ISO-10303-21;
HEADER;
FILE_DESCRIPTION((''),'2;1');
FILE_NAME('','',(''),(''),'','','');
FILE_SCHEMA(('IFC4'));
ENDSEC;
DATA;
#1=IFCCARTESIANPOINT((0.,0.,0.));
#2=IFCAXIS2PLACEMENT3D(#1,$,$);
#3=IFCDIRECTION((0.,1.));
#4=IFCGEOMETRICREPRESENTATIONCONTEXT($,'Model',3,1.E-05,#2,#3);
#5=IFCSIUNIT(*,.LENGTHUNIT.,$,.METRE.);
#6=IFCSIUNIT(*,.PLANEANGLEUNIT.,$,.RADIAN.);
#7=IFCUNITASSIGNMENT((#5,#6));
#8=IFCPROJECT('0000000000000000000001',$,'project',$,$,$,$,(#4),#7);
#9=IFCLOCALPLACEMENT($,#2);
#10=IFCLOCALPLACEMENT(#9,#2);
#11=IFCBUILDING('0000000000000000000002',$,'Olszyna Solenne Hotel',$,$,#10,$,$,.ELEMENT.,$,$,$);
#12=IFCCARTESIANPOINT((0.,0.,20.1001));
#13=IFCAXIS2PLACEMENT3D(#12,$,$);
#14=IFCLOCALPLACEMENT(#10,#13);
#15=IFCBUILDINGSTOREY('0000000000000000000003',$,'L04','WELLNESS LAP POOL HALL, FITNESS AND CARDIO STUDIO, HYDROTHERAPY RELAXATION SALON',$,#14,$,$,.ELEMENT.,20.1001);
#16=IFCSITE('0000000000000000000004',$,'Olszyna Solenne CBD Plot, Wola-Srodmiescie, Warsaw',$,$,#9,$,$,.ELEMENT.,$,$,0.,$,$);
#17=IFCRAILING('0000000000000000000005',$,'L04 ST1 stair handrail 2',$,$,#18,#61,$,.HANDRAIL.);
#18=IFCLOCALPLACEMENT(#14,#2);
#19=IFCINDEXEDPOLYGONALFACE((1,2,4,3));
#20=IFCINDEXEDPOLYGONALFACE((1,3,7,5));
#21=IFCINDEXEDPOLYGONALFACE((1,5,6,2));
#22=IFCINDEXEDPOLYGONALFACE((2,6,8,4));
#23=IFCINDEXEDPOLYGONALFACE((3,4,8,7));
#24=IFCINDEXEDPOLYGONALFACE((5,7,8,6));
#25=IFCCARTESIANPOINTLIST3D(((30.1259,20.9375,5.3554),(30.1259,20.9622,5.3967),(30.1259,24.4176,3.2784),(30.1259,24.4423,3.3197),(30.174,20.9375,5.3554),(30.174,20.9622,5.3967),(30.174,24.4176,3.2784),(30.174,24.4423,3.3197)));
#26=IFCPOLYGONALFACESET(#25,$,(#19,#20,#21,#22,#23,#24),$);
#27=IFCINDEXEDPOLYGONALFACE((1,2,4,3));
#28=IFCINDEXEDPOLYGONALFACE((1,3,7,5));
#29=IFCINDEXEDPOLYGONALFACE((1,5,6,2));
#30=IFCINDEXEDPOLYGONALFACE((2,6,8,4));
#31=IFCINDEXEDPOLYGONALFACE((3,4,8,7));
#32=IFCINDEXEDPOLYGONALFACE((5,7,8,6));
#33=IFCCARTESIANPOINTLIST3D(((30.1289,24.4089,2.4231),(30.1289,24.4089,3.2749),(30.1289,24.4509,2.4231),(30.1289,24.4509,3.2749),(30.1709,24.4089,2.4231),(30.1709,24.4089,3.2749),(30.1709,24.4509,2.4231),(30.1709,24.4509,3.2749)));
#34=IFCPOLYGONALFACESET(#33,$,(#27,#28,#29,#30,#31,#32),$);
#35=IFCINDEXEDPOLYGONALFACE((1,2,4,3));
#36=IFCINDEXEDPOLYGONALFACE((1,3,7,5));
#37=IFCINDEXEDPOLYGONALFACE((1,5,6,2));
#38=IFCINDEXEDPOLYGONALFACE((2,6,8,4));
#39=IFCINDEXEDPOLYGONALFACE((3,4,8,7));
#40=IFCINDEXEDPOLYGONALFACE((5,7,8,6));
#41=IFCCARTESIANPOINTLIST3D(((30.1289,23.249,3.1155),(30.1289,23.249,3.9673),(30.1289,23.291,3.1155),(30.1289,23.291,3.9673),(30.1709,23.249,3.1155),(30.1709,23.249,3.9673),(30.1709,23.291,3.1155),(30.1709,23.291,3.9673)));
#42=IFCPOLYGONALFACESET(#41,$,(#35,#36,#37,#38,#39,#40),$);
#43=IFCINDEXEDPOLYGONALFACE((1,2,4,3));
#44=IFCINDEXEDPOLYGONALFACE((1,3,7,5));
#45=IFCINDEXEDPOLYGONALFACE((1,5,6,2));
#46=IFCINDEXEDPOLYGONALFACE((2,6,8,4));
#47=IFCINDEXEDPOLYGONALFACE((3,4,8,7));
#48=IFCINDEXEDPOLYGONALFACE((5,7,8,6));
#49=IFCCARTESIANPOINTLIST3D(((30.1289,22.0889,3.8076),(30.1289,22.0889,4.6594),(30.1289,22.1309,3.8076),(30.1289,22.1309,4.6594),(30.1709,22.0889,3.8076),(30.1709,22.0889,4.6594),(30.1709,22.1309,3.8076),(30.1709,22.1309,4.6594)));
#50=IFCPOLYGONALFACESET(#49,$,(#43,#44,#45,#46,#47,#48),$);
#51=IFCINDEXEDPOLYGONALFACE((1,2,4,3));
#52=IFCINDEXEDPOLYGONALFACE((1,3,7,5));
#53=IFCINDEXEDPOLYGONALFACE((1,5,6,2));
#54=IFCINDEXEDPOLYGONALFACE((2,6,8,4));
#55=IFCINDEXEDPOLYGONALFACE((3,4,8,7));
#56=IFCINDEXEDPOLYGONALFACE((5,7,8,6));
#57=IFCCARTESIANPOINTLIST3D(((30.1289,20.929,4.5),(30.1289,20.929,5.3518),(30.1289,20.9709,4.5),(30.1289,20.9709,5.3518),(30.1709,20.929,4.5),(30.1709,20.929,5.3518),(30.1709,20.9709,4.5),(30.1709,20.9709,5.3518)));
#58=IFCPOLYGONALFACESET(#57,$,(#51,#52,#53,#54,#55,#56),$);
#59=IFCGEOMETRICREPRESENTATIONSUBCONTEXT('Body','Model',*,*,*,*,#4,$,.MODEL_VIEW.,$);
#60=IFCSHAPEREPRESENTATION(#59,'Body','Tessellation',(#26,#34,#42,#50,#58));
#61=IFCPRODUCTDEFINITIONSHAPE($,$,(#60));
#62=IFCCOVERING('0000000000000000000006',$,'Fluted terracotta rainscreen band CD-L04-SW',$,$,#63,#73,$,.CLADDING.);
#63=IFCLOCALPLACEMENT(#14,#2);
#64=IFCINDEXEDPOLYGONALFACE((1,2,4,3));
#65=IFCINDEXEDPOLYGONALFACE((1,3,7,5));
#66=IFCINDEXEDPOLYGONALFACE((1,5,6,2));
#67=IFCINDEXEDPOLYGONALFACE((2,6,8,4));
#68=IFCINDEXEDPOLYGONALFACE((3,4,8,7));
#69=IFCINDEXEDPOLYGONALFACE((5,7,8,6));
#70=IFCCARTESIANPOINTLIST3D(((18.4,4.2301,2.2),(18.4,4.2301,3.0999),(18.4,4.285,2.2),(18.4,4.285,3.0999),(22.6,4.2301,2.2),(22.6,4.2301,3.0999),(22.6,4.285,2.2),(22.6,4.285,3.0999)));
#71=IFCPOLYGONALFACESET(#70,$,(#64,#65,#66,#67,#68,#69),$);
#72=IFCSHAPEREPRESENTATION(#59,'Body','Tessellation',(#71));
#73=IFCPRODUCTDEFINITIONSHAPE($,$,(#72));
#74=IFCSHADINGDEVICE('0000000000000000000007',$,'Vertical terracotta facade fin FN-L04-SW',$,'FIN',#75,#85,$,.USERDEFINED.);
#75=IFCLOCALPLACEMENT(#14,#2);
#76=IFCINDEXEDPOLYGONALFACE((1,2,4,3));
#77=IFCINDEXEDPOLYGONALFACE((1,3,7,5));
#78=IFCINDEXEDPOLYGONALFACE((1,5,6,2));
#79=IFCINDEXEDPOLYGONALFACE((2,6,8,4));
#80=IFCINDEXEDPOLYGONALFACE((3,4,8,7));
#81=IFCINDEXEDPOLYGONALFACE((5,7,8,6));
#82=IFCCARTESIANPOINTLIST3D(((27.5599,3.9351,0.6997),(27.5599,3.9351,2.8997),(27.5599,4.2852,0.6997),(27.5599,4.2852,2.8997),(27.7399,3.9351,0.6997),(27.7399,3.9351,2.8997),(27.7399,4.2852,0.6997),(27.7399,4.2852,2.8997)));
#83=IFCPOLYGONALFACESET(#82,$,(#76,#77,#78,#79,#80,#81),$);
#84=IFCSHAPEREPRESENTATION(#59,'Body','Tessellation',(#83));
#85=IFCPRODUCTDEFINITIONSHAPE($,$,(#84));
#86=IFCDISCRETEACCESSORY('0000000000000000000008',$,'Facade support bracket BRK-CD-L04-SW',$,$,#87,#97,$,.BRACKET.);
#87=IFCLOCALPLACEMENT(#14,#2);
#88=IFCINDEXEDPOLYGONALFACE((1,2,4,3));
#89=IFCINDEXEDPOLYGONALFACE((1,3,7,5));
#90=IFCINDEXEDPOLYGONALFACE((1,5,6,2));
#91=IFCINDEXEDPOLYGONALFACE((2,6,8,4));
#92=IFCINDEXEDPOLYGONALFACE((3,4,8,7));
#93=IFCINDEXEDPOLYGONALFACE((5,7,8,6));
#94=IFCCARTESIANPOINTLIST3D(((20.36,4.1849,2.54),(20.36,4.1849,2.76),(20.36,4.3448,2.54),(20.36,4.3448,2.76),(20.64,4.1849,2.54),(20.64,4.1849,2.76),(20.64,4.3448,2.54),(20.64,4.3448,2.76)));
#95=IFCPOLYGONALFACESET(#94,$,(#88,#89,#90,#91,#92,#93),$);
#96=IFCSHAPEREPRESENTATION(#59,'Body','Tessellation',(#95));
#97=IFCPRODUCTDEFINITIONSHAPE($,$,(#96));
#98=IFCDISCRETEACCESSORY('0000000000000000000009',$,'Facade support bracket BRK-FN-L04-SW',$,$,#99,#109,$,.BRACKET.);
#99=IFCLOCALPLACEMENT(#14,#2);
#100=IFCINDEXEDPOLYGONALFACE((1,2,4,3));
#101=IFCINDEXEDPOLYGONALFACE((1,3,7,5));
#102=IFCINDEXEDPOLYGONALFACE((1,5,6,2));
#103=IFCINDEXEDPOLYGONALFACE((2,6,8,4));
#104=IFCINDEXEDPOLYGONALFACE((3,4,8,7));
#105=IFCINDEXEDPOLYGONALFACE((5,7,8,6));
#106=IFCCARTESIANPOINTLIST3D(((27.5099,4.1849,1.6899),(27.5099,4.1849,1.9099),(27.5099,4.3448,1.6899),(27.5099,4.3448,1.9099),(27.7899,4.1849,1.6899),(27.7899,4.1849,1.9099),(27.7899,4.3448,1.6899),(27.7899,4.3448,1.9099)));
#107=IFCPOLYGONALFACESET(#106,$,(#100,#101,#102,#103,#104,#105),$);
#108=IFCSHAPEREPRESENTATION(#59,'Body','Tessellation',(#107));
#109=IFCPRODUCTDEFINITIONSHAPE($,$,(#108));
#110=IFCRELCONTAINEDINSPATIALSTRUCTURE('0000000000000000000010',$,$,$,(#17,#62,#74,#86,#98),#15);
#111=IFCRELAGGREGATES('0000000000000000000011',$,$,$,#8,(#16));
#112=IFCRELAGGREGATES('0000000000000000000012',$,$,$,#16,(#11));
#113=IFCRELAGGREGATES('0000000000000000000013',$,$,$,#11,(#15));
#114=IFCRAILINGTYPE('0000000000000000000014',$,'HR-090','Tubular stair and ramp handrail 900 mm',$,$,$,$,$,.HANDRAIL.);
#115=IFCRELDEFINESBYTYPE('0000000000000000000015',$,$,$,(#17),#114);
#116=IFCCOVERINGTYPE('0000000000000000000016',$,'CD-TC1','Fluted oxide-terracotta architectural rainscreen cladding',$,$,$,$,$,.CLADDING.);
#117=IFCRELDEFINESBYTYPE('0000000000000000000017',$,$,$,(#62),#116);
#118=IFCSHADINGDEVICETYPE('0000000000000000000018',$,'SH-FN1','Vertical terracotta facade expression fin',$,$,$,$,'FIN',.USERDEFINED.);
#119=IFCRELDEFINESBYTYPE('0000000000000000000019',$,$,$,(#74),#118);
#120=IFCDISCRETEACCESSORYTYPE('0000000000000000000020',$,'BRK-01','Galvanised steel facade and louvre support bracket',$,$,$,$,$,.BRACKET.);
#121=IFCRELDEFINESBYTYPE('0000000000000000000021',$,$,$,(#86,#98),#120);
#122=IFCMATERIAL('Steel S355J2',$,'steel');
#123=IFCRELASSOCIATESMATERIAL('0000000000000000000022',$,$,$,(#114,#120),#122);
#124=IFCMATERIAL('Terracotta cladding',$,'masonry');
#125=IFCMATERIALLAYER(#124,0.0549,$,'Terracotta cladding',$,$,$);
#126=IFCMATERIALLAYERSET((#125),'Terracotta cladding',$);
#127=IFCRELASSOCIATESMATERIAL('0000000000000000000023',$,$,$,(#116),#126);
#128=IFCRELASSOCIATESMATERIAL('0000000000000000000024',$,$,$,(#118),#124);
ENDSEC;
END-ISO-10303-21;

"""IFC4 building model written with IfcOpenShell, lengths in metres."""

from ifc_helpers import new_model, si_unit, direction, frame, origin, origin_2d, place, context, subcontext, project, spatial, rectangle, extrude, source, transform, mapped, material, layer, layer_set, type_object, element, save


model = new_model("IFC4")

# Units and contexts
model_context = context("Model", 3, precision=1e-05, world=origin(), true_north=direction((0.0, 1.0)))
body_context = subcontext(model_context, "Body", "Model", "MODEL_VIEW")
ifc_project = project(units=[si_unit("LENGTHUNIT", "METRE"), si_unit("PLANEANGLEUNIT", "RADIAN")], contexts=[model_context])

# Site, building, storey
site_placement = place(None, origin())
site = spatial("IfcSite", under=ifc_project, at=site_placement, Name="Olszyna Solenne CBD Plot, Wola-Srodmiescie, Warsaw", CompositionType="ELEMENT", RefElevation=0.0)
building_placement = place(site_placement, origin())
building = spatial("IfcBuilding", under=site, at=building_placement, Name="Olszyna Solenne Hotel", CompositionType="ELEMENT")
storey_placement = place(building_placement, frame((0.0, 0.0, 20.1001)))
storey = spatial("IfcBuildingStorey", under=building, at=storey_placement, Name="L04", Description="WELLNESS LAP POOL HALL, FITNESS AND CARDIO STUDIO, HYDROTHERAPY RELAXATION SALON", CompositionType="ELEMENT", Elevation=20.1001)

# Shared definitions
ifc_material_1 = material(Name="Steel S355J2", Category="steel")

# Railing
railing_type_1 = type_object("IfcRailingType", Name="HR-090", Description="Tubular stair and ramp handrail 900 mm", PredefinedType="HANDRAIL", material=ifc_material_1)
railing_1_placement = place(storey_placement, frame((30.1499, 24.4299, 2.4231)))
element("IfcRailing", 1, at=railing_1_placement, inside=storey, type_object=railing_type_1, Name="L04 ST1 stair handrail 2", PredefinedType="HANDRAIL", context=body_context, shape_type="SweptSolid", body=[
    extrude(rectangle(XDim=0.0481, YDim=0.0481, at=origin_2d()), frame((0.0, 0.0, 0.876), z_axis=(0.0, -0.858697, 0.512483), x_axis=(1.0, 0.0, 0.0)), (0.0, 0.0, 1.0), 4.0527),
    extrude(rectangle(XDim=0.042, YDim=0.042, at=origin_2d()), origin(), (0.0, 0.0, 1.0), 0.8518),
    extrude(rectangle(XDim=0.042, YDim=0.042, at=origin_2d()), frame((0.0, -1.1599, 0.6924)), (0.0, 0.0, 1.0), 0.8518),
    extrude(rectangle(XDim=0.042, YDim=0.042, at=origin_2d()), frame((0.0, -2.3201, 1.3845)), (0.0, 0.0, 1.0), 0.8518),
    extrude(rectangle(XDim=0.042, YDim=0.042, at=origin_2d()), frame((0.0, -3.48, 2.0769)), (0.0, 0.0, 1.0), 0.8518),
])

# Covering
ifc_material_2 = material(Name="Terracotta cladding", Category="masonry")
ifc_layer_1 = layer(ifc_material_2, 0.0549, Name="Terracotta cladding")
ifc_layer_set_1 = layer_set([ifc_layer_1], Name="Terracotta cladding")
covering_type = type_object("IfcCoveringType", Name="CD-TC1", Description="Fluted oxide-terracotta architectural rainscreen cladding", PredefinedType="CLADDING", material=ifc_layer_set_1)
shared_shape_1 = source(origin(), body_context, "Body", "SweptSolid", [
    extrude(rectangle(XDim=4.2, YDim=0.0549, at=origin_2d()), origin(), (0.0, 0.0, 1.0), 0.8999),
])
covering_placement = place(storey_placement, frame((20.5, 4.2576, 2.2), z_axis=(0.0, 0.0, 1.0), x_axis=(-1.0, 0.0, 0.0)))
element("IfcCovering", 2, at=covering_placement, inside=storey, type_object=covering_type, Name="Fluted terracotta rainscreen band CD-L04-SW", PredefinedType="CLADDING", context=body_context, shape_type="MappedRepresentation", body=[
    mapped(shared_shape_1, transform((0.0, 0.0, 0.0), x_axis=(1.0, 0.0, 0.0), y_axis=(0.0, 1.0, 0.0), z_axis=(0.0, 0.0, 1.0), scale=1.0)),
])

# Shading device
shading_device_type = type_object("IfcShadingDeviceType", Name="SH-FN1", Description="Vertical terracotta facade expression fin", ElementType="FIN", PredefinedType="USERDEFINED", material=ifc_material_2)
shared_shape_2 = source(origin(), body_context, "Body", "SweptSolid", [
    extrude(rectangle(XDim=0.1799, YDim=0.3501, at=origin_2d()), origin(), (0.0, 0.0, 1.0), 2.2),
])
shading_device_placement = place(storey_placement, frame((27.6499, 4.1101, 0.6997), z_axis=(0.0, 0.0, 1.0), x_axis=(-1.0, 0.0, 0.0)))
element("IfcShadingDevice", 3, at=shading_device_placement, inside=storey, type_object=shading_device_type, Name="Vertical terracotta facade fin FN-L04-SW", ObjectType="FIN", PredefinedType="USERDEFINED", context=body_context, shape_type="MappedRepresentation", body=[
    mapped(shared_shape_2, transform((0.0, 0.0, 0.0), x_axis=(1.0, 0.0, 0.0), y_axis=(0.0, 1.0, 0.0), z_axis=(0.0, 0.0, 1.0), scale=1.0)),
])

# Discrete accessories
discrete_accessory_type = type_object("IfcDiscreteAccessoryType", Name="BRK-01", Description="Galvanised steel facade and louvre support bracket", PredefinedType="BRACKET", material=ifc_material_1)
shared_shape_3 = source(origin(), body_context, "Body", "SweptSolid", [
    extrude(rectangle(XDim=0.28, YDim=0.1599, at=origin_2d()), origin(), (0.0, 0.0, 1.0), 0.22),
])
for number, where, z_axis, x_axis, name in (
    (4, (20.5, 4.2649, 2.54), (0.0, 0.0, 1.0), (-1.0, 0.0, 0.0), "Facade support bracket BRK-CD-L04-SW"),
    (5, (27.6499, 4.2649, 1.6899), (0.0, 0.0, 1.0), (-1.0, 0.0, 0.0), "Facade support bracket BRK-FN-L04-SW"),
):
    element("IfcDiscreteAccessory", number, at=place(storey_placement, frame(where, z_axis=z_axis, x_axis=x_axis)), inside=storey, type_object=discrete_accessory_type, Name=name, PredefinedType="BRACKET", context=body_context, shape_type="MappedRepresentation", body=[
        mapped(shared_shape_3, transform((0.0, 0.0, 0.0), x_axis=(1.0, 0.0, 0.0), y_axis=(0.0, 1.0, 0.0), z_axis=(0.0, 0.0, 1.0), scale=1.0)),
    ])

save(model, "model.ifc")
